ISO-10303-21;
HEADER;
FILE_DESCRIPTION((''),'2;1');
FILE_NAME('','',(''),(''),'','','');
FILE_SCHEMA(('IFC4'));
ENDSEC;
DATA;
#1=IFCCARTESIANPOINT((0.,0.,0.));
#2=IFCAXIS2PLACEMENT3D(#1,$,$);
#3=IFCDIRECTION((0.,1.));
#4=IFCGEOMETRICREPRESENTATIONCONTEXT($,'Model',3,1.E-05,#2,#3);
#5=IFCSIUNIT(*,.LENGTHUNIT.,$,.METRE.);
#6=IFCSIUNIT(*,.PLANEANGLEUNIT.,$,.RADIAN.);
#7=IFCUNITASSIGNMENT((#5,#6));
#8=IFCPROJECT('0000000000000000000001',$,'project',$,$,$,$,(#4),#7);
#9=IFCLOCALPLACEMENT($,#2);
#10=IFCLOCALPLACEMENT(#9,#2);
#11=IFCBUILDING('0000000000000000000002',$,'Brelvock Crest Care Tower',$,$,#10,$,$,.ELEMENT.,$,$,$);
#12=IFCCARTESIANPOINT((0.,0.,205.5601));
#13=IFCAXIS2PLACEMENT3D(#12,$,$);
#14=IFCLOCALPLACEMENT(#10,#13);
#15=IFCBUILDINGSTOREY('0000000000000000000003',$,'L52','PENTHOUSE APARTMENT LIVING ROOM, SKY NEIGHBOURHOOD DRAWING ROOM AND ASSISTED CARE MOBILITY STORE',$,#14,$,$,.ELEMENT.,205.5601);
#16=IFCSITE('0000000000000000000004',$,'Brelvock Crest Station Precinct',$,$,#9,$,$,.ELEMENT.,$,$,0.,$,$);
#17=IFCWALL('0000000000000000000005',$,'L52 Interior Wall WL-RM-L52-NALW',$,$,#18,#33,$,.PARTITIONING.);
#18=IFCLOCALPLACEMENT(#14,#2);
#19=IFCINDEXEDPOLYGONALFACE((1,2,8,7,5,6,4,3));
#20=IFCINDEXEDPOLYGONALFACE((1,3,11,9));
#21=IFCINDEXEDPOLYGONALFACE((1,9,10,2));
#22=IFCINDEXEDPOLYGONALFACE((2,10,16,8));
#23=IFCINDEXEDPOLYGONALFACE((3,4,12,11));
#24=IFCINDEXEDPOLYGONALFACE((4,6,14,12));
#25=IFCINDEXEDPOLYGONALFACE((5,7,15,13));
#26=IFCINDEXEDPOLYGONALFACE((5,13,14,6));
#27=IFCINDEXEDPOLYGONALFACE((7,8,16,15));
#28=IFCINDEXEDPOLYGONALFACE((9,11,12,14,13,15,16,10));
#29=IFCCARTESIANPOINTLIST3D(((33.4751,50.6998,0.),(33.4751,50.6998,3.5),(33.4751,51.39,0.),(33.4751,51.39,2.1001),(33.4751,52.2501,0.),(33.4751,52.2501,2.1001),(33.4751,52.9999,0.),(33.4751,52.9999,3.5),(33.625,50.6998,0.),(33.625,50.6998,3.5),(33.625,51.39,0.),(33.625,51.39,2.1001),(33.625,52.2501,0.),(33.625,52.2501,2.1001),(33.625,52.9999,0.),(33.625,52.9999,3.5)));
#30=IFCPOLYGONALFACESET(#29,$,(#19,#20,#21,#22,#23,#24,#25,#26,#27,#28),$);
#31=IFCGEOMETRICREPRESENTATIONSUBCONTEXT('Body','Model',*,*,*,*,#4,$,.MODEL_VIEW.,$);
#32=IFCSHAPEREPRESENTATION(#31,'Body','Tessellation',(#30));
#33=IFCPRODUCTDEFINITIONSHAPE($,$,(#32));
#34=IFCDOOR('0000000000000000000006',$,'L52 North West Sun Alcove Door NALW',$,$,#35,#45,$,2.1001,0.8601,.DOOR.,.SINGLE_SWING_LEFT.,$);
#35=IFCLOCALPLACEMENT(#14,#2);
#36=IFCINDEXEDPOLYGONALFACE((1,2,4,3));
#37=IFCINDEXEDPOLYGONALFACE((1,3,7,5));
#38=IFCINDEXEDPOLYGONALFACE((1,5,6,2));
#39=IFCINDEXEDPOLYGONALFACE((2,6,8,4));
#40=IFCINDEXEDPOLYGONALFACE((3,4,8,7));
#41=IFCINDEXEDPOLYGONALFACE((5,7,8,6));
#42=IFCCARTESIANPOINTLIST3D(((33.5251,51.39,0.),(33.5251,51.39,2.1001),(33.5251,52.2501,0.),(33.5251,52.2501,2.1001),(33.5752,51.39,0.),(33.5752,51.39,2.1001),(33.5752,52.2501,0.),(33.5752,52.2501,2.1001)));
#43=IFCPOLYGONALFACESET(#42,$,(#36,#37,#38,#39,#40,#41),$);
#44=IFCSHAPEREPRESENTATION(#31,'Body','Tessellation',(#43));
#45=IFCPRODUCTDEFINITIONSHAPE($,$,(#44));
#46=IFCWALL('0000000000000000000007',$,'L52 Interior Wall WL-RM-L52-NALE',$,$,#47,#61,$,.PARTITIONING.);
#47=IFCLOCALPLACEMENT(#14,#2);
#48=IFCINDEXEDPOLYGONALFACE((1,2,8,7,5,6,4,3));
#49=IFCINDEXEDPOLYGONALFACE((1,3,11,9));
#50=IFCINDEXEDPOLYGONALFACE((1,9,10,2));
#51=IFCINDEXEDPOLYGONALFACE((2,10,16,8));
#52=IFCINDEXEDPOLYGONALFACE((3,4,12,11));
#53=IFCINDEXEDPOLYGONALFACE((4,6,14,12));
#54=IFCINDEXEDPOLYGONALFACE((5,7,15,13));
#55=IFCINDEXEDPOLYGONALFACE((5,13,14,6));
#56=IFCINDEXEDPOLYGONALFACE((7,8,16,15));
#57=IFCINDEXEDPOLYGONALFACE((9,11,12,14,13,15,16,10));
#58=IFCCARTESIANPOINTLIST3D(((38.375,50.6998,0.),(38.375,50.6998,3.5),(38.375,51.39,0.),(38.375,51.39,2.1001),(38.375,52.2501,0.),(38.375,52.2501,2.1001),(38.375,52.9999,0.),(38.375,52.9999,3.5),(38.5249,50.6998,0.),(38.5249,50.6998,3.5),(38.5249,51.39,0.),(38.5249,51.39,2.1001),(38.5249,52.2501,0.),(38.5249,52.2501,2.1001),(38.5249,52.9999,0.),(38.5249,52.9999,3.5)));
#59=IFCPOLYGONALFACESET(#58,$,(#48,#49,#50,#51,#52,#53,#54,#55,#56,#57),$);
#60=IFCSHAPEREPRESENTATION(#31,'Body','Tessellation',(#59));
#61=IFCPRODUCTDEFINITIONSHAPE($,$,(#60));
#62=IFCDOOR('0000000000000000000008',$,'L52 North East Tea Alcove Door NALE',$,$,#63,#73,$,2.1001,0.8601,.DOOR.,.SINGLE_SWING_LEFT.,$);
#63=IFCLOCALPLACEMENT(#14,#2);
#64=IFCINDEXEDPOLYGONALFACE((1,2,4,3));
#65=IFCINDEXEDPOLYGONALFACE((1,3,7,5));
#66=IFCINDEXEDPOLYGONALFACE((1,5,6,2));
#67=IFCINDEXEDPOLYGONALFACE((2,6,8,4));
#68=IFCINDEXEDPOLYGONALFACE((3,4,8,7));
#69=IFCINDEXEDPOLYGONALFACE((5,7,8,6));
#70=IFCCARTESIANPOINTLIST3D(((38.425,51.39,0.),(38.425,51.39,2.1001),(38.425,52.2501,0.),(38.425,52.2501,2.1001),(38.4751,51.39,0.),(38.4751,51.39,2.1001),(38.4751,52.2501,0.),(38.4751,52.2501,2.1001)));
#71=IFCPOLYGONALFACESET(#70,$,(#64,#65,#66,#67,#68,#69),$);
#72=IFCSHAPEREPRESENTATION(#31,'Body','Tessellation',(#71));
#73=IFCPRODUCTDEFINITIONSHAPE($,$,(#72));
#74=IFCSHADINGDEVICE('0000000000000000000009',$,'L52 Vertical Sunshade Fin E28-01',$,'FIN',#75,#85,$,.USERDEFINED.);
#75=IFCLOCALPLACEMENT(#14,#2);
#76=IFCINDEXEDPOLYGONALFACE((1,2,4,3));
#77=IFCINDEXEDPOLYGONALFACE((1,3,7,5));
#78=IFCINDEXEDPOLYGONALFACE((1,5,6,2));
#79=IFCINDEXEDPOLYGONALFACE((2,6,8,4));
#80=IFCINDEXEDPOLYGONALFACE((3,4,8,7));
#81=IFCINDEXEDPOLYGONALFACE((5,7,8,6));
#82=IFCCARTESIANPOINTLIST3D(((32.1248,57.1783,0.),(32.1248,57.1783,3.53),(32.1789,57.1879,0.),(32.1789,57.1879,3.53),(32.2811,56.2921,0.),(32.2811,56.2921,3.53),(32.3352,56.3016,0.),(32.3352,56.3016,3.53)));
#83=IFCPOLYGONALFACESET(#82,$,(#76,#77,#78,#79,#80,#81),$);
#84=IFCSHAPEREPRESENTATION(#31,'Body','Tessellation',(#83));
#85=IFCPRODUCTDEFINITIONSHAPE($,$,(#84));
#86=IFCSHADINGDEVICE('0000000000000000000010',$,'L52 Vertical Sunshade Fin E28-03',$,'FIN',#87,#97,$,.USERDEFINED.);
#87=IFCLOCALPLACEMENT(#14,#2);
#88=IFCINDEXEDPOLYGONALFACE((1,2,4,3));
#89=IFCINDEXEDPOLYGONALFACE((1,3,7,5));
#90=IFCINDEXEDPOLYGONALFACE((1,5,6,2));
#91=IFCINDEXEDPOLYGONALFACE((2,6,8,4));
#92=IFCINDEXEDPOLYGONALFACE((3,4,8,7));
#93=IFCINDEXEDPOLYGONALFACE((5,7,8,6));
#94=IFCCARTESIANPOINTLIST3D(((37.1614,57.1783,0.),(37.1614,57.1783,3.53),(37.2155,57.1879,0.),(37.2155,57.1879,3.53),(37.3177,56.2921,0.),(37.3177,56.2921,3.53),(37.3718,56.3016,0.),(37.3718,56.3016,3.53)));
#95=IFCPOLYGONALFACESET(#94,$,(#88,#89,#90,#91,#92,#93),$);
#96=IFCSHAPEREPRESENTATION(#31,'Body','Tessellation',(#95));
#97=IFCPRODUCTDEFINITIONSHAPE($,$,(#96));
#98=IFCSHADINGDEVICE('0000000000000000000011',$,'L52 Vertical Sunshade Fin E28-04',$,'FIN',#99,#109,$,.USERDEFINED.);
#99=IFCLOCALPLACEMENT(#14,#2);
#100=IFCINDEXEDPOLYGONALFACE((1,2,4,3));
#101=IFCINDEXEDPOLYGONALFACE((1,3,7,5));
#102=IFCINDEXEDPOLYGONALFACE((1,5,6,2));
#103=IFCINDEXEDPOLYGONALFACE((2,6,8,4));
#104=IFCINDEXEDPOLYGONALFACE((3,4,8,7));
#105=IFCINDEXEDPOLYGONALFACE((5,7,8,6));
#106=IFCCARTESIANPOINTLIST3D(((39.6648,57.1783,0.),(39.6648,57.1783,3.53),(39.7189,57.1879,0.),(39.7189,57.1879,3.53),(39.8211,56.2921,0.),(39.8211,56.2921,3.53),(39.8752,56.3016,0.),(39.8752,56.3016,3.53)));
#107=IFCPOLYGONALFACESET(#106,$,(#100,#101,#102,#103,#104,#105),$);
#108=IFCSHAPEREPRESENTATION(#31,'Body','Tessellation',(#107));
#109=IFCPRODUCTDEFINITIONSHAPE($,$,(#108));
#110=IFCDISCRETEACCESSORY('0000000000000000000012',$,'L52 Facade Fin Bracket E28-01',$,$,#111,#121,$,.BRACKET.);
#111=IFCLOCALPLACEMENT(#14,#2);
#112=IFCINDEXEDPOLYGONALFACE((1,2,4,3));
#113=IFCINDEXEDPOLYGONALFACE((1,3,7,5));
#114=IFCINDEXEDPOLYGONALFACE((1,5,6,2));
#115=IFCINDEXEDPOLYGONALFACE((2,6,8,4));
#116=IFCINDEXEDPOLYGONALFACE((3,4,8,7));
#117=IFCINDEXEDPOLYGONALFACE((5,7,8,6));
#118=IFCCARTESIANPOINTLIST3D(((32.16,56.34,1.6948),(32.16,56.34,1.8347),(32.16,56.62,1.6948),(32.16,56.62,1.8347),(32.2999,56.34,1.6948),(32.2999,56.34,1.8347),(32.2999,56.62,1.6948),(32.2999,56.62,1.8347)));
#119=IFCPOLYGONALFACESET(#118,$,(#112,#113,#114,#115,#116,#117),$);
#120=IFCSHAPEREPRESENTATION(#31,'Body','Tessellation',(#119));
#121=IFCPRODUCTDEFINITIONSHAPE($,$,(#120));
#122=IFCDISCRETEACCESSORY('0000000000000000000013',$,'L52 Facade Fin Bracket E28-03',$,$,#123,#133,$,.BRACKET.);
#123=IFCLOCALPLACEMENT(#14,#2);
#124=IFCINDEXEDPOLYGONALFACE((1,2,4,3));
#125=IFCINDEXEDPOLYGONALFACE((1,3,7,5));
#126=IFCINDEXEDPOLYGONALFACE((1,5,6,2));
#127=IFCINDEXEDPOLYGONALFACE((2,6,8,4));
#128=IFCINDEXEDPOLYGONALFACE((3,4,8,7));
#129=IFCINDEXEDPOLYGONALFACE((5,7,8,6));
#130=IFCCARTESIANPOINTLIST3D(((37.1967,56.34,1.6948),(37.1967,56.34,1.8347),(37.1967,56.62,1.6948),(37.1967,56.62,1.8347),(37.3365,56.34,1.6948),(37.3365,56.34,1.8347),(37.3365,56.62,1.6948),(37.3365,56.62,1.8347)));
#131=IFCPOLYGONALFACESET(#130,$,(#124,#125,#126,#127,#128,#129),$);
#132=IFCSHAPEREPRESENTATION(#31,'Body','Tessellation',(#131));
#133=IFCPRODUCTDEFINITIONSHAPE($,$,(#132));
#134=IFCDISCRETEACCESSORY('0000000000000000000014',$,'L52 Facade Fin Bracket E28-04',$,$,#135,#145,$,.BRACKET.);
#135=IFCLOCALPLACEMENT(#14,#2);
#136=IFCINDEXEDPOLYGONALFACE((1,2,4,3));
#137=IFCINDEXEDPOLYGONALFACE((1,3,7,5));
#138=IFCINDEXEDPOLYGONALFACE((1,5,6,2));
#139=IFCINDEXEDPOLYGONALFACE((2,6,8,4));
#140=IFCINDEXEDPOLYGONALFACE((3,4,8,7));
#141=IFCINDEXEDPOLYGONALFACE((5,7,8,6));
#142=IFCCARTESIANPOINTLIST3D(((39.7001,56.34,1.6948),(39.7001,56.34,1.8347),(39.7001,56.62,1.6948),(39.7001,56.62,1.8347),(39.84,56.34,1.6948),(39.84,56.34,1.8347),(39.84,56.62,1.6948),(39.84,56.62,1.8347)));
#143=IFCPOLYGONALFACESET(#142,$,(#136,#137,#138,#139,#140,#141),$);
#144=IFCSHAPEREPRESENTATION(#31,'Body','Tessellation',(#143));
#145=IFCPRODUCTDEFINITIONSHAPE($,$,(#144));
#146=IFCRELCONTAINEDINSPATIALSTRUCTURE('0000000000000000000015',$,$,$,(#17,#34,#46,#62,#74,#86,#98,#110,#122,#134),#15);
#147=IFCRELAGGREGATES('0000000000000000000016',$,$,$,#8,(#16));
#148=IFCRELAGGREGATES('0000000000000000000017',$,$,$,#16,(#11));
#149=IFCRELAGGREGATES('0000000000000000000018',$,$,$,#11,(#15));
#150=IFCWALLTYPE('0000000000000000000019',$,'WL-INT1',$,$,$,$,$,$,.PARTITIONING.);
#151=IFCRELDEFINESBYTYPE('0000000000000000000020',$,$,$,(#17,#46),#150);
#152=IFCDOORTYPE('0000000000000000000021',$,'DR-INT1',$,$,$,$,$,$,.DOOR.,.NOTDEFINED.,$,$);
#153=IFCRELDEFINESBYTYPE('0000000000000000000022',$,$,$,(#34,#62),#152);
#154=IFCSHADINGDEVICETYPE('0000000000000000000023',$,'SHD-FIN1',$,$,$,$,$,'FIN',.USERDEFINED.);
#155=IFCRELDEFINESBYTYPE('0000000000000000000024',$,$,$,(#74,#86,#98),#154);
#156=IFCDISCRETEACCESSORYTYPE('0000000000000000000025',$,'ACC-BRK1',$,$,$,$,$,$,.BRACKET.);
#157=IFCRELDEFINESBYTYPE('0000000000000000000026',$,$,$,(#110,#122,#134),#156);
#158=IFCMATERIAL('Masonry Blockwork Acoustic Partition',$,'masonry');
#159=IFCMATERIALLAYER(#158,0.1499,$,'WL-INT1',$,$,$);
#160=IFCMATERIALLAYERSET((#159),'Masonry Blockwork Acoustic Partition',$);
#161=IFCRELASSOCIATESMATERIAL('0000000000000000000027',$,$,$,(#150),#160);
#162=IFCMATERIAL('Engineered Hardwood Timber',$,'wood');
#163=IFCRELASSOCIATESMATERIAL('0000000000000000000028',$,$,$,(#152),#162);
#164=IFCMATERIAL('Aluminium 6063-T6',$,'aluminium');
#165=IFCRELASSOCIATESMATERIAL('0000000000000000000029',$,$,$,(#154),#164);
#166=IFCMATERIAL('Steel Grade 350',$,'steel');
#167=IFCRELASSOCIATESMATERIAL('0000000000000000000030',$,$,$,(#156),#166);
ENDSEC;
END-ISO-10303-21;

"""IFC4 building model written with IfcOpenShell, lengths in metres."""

from ifc_helpers import new_model, si_unit, direction, frame, frame_2d, origin, origin_2d, place, context, subcontext, project, spatial, rectangle, extrude, source, transform, mapped, material, layer, layer_set, material_profile, profile_set, type_object, element, fill, save


model = new_model("IFC4")

# Units and contexts
model_context = context("Model", 3, precision=1e-05, world=origin(), true_north=direction((0.0, 1.0)))
body_context = subcontext(model_context, "Body", "Model", "MODEL_VIEW")
ifc_project = project(units=[si_unit("LENGTHUNIT", "METRE"), si_unit("PLANEANGLEUNIT", "RADIAN")], contexts=[model_context])

# Site, building, storey
site_placement = place(None, origin())
site = spatial("IfcSite", under=ifc_project, at=site_placement, Name="Brelvock Crest Station Precinct", CompositionType="ELEMENT", RefElevation=0.0)
building_placement = place(site_placement, origin())
building = spatial("IfcBuilding", under=site, at=building_placement, Name="Brelvock Crest Care Tower", CompositionType="ELEMENT")
storey_placement = place(building_placement, frame((0.0, 0.0, 205.5601)))
storey = spatial("IfcBuildingStorey", under=building, at=storey_placement, Name="L52", Description="PENTHOUSE APARTMENT LIVING ROOM, SKY NEIGHBOURHOOD DRAWING ROOM AND ASSISTED CARE MOBILITY STORE", CompositionType="ELEMENT", Elevation=205.5601)

# Shared definitions
ifc_material_1 = material(Name="Steel Grade 350", Category="steel")

# Shared definitions
ifc_material_2 = material(Name="Aluminium 6063-T6", Category="aluminium")

# Shared definitions
ifc_material_3 = material(Name="Masonry Blockwork Acoustic Partition", Category="masonry")
ifc_layer_1 = layer(ifc_material_3, 0.1499, Name="WL-INT1")
ifc_layer_set_1 = layer_set([ifc_layer_1], Name="Masonry Blockwork Acoustic Partition")
wall_type_1 = type_object("IfcWallType", Name="WL-INT1", PredefinedType="PARTITIONING", material=ifc_layer_set_1)

# Walls, openings, doors
wall_1_placement = place(storey_placement, frame((33.55, 50.7, 0.0), z_axis=(0.0, 0.0, 1.0), x_axis=(0.0, 1.0, 0.0)))
wall_1 = element("IfcWall", 1, at=wall_1_placement, inside=storey, type_object=wall_type_1, Name="L52 Interior Wall WL-RM-L52-NALW", PredefinedType="PARTITIONING", context=body_context, shape_type="SweptSolid", body=[
    extrude(rectangle(XDim=2.3, YDim=0.1499, at=frame_2d((1.1499, 0.0))), origin(), (0.0, 0.0, 1.0), 3.5),
])
opening_1_placement = place(wall_1_placement, frame((0.6899, 0.0, 0.0)))
opening_1 = element("IfcOpeningElement", 2, at=opening_1_placement, cuts=wall_1, PredefinedType="OPENING", context=body_context, shape_type="SweptSolid", body=[
    extrude(rectangle(XDim=0.8601, YDim=2.1001, at=origin_2d()), frame((0.4302, 0.085, 1.05), z_axis=(0.0, -1.0, 0.0), x_axis=(1.0, 0.0, 0.0)), (0.0, 0.0, 1.0), 0.1699),
])
ifc_material_4 = material(Name="Engineered Hardwood Timber", Category="wood")
door_type = type_object("IfcDoorType", Name="DR-INT1", OperationType="NOTDEFINED", PredefinedType="DOOR", material=ifc_material_4)
shared_shape_1 = source(origin(), body_context, "Body", "SweptSolid", [
    extrude(rectangle(XDim=0.8601, YDim=2.1001, at=origin_2d()), frame((0.4302, 0.0249, 1.05), z_axis=(0.0, -1.0, 0.0), x_axis=(1.0, 0.0, 0.0)), (0.0, 0.0, 1.0), 0.05),
])
door_1_placement = place(opening_1_placement, origin())
door_1 = element("IfcDoor", 3, at=door_1_placement, inside=storey, type_object=door_type, Name="L52 North West Sun Alcove Door NALW", OperationType="SINGLE_SWING_LEFT", OverallHeight=2.1001, OverallWidth=0.8601, PredefinedType="DOOR", context=body_context, shape_type="MappedRepresentation", body=[
    mapped(shared_shape_1, transform((0.0, 0.0, 0.0), x_axis=(1.0, 0.0, 0.0), y_axis=(0.0, 1.0, 0.0), z_axis=(0.0, 0.0, 1.0), scale=1.0)),
])
fill(opening_1, door_1)
wall_2_placement = place(storey_placement, frame((38.45, 50.7, 0.0), z_axis=(0.0, 0.0, 1.0), x_axis=(0.0, 1.0, 0.0)))
wall_2 = element("IfcWall", 4, at=wall_2_placement, inside=storey, type_object=wall_type_1, Name="L52 Interior Wall WL-RM-L52-NALE", PredefinedType="PARTITIONING", context=body_context, shape_type="SweptSolid", body=[
    extrude(rectangle(XDim=2.3, YDim=0.1499, at=frame_2d((1.1499, 0.0))), origin(), (0.0, 0.0, 1.0), 3.5),
])
opening_2_placement = place(wall_2_placement, frame((0.6899, 0.0, 0.0)))
opening_2 = element("IfcOpeningElement", 5, at=opening_2_placement, cuts=wall_2, PredefinedType="OPENING", context=body_context, shape_type="SweptSolid", body=[
    extrude(rectangle(XDim=0.8601, YDim=2.1001, at=origin_2d()), frame((0.4302, 0.085, 1.05), z_axis=(0.0, -1.0, 0.0), x_axis=(1.0, 0.0, 0.0)), (0.0, 0.0, 1.0), 0.1699),
])
door_2_placement = place(opening_2_placement, origin())
door_2 = element("IfcDoor", 6, at=door_2_placement, inside=storey, type_object=door_type, Name="L52 North East Tea Alcove Door NALE", OperationType="SINGLE_SWING_LEFT", OverallHeight=2.1001, OverallWidth=0.8601, PredefinedType="DOOR", context=body_context, shape_type="MappedRepresentation", body=[
    mapped(shared_shape_1, transform((0.0, 0.0, 0.0), x_axis=(1.0, 0.0, 0.0), y_axis=(0.0, 1.0, 0.0), z_axis=(0.0, 0.0, 1.0), scale=1.0)),
])
fill(opening_2, door_2)

# Shading devices
ifc_material_profile_1 = material_profile(ifc_material_2, rectangle(XDim=0.0549, YDim=0.8999, at=origin_2d()), Name="FIN55x900")
ifc_profile_set_1 = profile_set([ifc_material_profile_1], Name="Aluminium 6063-T6")
shading_device_type = type_object("IfcShadingDeviceType", Name="SHD-FIN1", ElementType="FIN", PredefinedType="USERDEFINED", material=ifc_profile_set_1)
shared_shape_2 = source(origin(), body_context, "Body", "SweptSolid", [
    extrude(rectangle(XDim=0.0549, YDim=0.8999, at=origin_2d()), origin(), (0.0, 0.0, 1.0), 3.53),
])
for number, where, z_axis, x_axis, name in (
    (7, (32.23, 56.74, 0.0), (0.0, 0.0, 1.0), (0.984808, 0.173648, 0.0), "L52 Vertical Sunshade Fin E28-01"),
    (8, (37.2666, 56.74, 0.0), (0.0, 0.0, 1.0), (0.984808, 0.173648, 0.0), "L52 Vertical Sunshade Fin E28-03"),
    (9, (39.77, 56.74, 0.0), (0.0, 0.0, 1.0), (0.984808, 0.173648, 0.0), "L52 Vertical Sunshade Fin E28-04"),
):
    element("IfcShadingDevice", number, at=place(storey_placement, frame(where, z_axis=z_axis, x_axis=x_axis)), inside=storey, type_object=shading_device_type, Name=name, ObjectType="FIN", PredefinedType="USERDEFINED", context=body_context, shape_type="MappedRepresentation", body=[
        mapped(shared_shape_2, transform((0.0, 0.0, 0.0), x_axis=(1.0, 0.0, 0.0), y_axis=(0.0, 1.0, 0.0), z_axis=(0.0, 0.0, 1.0), scale=1.0)),
    ])

# Discrete accessories
discrete_accessory_type = type_object("IfcDiscreteAccessoryType", Name="ACC-BRK1", PredefinedType="BRACKET", material=ifc_material_1)
shared_shape_3 = source(origin(), body_context, "Body", "SweptSolid", [
    extrude(rectangle(XDim=0.28, YDim=0.1399, at=origin_2d()), origin(), (0.0, 0.0, 1.0), 0.1399),
])
for number, where, z_axis, x_axis, name in (
    (10, (32.23, 56.48, 1.6948), (0.0, 0.0, 1.0), (0.0, 1.0, 0.0), "L52 Facade Fin Bracket E28-01"),
    (11, (37.2666, 56.48, 1.6948), (0.0, 0.0, 1.0), (0.0, 1.0, 0.0), "L52 Facade Fin Bracket E28-03"),
    (12, (39.77, 56.48, 1.6948), (0.0, 0.0, 1.0), (0.0, 1.0, 0.0), "L52 Facade Fin Bracket E28-04"),
):
    element("IfcDiscreteAccessory", number, at=place(storey_placement, frame(where, z_axis=z_axis, x_axis=x_axis)), inside=storey, type_object=discrete_accessory_type, Name=name, PredefinedType="BRACKET", context=body_context, shape_type="MappedRepresentation", body=[
        mapped(shared_shape_3, transform((0.0, 0.0, 0.0), x_axis=(1.0, 0.0, 0.0), y_axis=(0.0, 1.0, 0.0), z_axis=(0.0, 0.0, 1.0), scale=1.0)),
    ])

save(model, "model.ifc")
